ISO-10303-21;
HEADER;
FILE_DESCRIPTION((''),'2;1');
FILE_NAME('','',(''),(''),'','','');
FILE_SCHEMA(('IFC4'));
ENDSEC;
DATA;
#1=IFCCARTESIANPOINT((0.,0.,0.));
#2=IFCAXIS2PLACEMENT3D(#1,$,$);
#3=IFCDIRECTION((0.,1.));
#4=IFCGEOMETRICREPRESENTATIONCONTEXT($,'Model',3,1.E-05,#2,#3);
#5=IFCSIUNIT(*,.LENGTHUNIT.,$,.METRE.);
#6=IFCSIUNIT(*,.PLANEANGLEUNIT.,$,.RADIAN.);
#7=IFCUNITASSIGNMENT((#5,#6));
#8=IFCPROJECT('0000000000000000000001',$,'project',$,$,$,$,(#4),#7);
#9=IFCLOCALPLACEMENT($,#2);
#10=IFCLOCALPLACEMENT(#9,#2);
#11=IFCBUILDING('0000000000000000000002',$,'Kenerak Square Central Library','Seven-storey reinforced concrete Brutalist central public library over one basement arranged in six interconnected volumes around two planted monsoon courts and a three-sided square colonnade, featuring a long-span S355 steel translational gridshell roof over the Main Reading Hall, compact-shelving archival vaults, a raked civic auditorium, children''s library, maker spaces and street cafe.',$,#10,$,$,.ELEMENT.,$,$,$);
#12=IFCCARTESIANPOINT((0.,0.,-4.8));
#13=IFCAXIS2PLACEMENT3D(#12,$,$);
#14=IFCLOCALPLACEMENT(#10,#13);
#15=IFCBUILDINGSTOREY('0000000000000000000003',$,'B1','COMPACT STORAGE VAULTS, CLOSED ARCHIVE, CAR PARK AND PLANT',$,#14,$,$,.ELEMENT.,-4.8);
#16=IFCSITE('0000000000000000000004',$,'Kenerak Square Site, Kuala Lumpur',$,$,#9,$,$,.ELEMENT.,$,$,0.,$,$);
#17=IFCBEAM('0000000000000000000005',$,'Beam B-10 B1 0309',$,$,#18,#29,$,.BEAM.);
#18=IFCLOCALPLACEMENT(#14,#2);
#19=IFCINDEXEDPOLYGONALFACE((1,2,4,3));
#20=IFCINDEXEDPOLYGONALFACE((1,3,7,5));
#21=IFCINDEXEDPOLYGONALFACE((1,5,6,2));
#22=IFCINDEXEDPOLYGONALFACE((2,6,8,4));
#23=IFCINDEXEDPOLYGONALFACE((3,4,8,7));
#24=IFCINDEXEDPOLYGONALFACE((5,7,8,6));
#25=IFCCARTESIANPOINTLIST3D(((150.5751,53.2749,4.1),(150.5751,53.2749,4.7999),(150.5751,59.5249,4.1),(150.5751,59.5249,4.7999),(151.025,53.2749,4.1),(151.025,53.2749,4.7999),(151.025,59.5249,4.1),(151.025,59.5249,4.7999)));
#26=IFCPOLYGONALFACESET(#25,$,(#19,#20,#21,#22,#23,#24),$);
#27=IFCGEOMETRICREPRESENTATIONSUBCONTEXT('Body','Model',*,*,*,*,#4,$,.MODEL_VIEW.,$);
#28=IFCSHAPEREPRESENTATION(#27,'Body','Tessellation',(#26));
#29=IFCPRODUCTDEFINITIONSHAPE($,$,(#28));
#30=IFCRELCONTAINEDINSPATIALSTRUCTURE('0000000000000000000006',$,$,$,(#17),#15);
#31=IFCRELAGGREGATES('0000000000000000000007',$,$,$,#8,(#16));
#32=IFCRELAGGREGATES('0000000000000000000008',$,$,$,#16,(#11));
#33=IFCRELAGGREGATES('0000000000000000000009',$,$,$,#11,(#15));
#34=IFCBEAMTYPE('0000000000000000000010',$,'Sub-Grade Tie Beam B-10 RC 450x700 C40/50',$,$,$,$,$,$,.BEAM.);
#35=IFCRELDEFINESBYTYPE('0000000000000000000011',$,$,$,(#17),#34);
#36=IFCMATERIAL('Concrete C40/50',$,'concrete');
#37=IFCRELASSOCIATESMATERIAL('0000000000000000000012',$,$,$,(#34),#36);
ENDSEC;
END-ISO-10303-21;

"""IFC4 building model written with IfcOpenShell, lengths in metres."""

from ifc_helpers import new_model, si_unit, direction, frame, origin, origin_2d, place, context, subcontext, project, spatial, rectangle, extrude, material, material_profile, profile_set, type_object, element, save


model = new_model("IFC4")

# Units and contexts
model_context = context("Model", 3, precision=1e-05, world=origin(), true_north=direction((0.0, 1.0)))
body_context = subcontext(model_context, "Body", "Model", "MODEL_VIEW")
ifc_project = project(units=[si_unit("LENGTHUNIT", "METRE"), si_unit("PLANEANGLEUNIT", "RADIAN")], contexts=[model_context])

# Site, building, storey
site_placement = place(None, origin())
site = spatial("IfcSite", under=ifc_project, at=site_placement, Name="Kenerak Square Site, Kuala Lumpur", CompositionType="ELEMENT", RefElevation=0.0)
building_placement = place(site_placement, origin())
building = spatial("IfcBuilding", under=site, at=building_placement, Name="Kenerak Square Central Library", Description="Seven-storey reinforced concrete Brutalist central public library over one basement arranged in six interconnected volumes around two planted monsoon courts and a three-sided square colonnade, featuring a long-span S355 steel translational gridshell roof over the Main Reading Hall, compact-shelving archival vaults, a raked civic auditorium, children's library, maker spaces and street cafe.", CompositionType="ELEMENT")
storey_placement = place(building_placement, frame((0.0, 0.0, -4.8)))
storey = spatial("IfcBuildingStorey", under=building, at=storey_placement, Name="B1", Description="COMPACT STORAGE VAULTS, CLOSED ARCHIVE, CAR PARK AND PLANT", CompositionType="ELEMENT", Elevation=-4.8)

# Shared definitions
ifc_material_1 = material(Name="Concrete C40/50", Category="concrete")

# Beam
ifc_material_profile_1 = material_profile(ifc_material_1, rectangle(XDim=0.45, YDim=0.7, at=origin_2d()), Name="RC 450x700")
ifc_profile_set_1 = profile_set([ifc_material_profile_1], Name="Concrete C40/50")
beam_type_1 = type_object("IfcBeamType", Name="Sub-Grade Tie Beam B-10 RC 450x700 C40/50", PredefinedType="BEAM", material=ifc_profile_set_1)
for number, where, z_axis, x_axis, name in (
    (1, (150.8, 53.2749, 4.45), (0.0, 1.0, 0.0), (-1.0, 0.0, 0.0), "Beam B-10 B1 0309"),
):
    element("IfcBeam", number, at=place(storey_placement, frame(where, z_axis=z_axis, x_axis=x_axis)), inside=storey, type_object=beam_type_1, Name=name, PredefinedType="BEAM", context=body_context, shape_type="SweptSolid", body=[
        extrude(rectangle(XDim=0.45, YDim=0.7, at=origin_2d()), origin(), (0.0, 0.0, 1.0), 6.25),
    ])

save(model, "model.ifc")
